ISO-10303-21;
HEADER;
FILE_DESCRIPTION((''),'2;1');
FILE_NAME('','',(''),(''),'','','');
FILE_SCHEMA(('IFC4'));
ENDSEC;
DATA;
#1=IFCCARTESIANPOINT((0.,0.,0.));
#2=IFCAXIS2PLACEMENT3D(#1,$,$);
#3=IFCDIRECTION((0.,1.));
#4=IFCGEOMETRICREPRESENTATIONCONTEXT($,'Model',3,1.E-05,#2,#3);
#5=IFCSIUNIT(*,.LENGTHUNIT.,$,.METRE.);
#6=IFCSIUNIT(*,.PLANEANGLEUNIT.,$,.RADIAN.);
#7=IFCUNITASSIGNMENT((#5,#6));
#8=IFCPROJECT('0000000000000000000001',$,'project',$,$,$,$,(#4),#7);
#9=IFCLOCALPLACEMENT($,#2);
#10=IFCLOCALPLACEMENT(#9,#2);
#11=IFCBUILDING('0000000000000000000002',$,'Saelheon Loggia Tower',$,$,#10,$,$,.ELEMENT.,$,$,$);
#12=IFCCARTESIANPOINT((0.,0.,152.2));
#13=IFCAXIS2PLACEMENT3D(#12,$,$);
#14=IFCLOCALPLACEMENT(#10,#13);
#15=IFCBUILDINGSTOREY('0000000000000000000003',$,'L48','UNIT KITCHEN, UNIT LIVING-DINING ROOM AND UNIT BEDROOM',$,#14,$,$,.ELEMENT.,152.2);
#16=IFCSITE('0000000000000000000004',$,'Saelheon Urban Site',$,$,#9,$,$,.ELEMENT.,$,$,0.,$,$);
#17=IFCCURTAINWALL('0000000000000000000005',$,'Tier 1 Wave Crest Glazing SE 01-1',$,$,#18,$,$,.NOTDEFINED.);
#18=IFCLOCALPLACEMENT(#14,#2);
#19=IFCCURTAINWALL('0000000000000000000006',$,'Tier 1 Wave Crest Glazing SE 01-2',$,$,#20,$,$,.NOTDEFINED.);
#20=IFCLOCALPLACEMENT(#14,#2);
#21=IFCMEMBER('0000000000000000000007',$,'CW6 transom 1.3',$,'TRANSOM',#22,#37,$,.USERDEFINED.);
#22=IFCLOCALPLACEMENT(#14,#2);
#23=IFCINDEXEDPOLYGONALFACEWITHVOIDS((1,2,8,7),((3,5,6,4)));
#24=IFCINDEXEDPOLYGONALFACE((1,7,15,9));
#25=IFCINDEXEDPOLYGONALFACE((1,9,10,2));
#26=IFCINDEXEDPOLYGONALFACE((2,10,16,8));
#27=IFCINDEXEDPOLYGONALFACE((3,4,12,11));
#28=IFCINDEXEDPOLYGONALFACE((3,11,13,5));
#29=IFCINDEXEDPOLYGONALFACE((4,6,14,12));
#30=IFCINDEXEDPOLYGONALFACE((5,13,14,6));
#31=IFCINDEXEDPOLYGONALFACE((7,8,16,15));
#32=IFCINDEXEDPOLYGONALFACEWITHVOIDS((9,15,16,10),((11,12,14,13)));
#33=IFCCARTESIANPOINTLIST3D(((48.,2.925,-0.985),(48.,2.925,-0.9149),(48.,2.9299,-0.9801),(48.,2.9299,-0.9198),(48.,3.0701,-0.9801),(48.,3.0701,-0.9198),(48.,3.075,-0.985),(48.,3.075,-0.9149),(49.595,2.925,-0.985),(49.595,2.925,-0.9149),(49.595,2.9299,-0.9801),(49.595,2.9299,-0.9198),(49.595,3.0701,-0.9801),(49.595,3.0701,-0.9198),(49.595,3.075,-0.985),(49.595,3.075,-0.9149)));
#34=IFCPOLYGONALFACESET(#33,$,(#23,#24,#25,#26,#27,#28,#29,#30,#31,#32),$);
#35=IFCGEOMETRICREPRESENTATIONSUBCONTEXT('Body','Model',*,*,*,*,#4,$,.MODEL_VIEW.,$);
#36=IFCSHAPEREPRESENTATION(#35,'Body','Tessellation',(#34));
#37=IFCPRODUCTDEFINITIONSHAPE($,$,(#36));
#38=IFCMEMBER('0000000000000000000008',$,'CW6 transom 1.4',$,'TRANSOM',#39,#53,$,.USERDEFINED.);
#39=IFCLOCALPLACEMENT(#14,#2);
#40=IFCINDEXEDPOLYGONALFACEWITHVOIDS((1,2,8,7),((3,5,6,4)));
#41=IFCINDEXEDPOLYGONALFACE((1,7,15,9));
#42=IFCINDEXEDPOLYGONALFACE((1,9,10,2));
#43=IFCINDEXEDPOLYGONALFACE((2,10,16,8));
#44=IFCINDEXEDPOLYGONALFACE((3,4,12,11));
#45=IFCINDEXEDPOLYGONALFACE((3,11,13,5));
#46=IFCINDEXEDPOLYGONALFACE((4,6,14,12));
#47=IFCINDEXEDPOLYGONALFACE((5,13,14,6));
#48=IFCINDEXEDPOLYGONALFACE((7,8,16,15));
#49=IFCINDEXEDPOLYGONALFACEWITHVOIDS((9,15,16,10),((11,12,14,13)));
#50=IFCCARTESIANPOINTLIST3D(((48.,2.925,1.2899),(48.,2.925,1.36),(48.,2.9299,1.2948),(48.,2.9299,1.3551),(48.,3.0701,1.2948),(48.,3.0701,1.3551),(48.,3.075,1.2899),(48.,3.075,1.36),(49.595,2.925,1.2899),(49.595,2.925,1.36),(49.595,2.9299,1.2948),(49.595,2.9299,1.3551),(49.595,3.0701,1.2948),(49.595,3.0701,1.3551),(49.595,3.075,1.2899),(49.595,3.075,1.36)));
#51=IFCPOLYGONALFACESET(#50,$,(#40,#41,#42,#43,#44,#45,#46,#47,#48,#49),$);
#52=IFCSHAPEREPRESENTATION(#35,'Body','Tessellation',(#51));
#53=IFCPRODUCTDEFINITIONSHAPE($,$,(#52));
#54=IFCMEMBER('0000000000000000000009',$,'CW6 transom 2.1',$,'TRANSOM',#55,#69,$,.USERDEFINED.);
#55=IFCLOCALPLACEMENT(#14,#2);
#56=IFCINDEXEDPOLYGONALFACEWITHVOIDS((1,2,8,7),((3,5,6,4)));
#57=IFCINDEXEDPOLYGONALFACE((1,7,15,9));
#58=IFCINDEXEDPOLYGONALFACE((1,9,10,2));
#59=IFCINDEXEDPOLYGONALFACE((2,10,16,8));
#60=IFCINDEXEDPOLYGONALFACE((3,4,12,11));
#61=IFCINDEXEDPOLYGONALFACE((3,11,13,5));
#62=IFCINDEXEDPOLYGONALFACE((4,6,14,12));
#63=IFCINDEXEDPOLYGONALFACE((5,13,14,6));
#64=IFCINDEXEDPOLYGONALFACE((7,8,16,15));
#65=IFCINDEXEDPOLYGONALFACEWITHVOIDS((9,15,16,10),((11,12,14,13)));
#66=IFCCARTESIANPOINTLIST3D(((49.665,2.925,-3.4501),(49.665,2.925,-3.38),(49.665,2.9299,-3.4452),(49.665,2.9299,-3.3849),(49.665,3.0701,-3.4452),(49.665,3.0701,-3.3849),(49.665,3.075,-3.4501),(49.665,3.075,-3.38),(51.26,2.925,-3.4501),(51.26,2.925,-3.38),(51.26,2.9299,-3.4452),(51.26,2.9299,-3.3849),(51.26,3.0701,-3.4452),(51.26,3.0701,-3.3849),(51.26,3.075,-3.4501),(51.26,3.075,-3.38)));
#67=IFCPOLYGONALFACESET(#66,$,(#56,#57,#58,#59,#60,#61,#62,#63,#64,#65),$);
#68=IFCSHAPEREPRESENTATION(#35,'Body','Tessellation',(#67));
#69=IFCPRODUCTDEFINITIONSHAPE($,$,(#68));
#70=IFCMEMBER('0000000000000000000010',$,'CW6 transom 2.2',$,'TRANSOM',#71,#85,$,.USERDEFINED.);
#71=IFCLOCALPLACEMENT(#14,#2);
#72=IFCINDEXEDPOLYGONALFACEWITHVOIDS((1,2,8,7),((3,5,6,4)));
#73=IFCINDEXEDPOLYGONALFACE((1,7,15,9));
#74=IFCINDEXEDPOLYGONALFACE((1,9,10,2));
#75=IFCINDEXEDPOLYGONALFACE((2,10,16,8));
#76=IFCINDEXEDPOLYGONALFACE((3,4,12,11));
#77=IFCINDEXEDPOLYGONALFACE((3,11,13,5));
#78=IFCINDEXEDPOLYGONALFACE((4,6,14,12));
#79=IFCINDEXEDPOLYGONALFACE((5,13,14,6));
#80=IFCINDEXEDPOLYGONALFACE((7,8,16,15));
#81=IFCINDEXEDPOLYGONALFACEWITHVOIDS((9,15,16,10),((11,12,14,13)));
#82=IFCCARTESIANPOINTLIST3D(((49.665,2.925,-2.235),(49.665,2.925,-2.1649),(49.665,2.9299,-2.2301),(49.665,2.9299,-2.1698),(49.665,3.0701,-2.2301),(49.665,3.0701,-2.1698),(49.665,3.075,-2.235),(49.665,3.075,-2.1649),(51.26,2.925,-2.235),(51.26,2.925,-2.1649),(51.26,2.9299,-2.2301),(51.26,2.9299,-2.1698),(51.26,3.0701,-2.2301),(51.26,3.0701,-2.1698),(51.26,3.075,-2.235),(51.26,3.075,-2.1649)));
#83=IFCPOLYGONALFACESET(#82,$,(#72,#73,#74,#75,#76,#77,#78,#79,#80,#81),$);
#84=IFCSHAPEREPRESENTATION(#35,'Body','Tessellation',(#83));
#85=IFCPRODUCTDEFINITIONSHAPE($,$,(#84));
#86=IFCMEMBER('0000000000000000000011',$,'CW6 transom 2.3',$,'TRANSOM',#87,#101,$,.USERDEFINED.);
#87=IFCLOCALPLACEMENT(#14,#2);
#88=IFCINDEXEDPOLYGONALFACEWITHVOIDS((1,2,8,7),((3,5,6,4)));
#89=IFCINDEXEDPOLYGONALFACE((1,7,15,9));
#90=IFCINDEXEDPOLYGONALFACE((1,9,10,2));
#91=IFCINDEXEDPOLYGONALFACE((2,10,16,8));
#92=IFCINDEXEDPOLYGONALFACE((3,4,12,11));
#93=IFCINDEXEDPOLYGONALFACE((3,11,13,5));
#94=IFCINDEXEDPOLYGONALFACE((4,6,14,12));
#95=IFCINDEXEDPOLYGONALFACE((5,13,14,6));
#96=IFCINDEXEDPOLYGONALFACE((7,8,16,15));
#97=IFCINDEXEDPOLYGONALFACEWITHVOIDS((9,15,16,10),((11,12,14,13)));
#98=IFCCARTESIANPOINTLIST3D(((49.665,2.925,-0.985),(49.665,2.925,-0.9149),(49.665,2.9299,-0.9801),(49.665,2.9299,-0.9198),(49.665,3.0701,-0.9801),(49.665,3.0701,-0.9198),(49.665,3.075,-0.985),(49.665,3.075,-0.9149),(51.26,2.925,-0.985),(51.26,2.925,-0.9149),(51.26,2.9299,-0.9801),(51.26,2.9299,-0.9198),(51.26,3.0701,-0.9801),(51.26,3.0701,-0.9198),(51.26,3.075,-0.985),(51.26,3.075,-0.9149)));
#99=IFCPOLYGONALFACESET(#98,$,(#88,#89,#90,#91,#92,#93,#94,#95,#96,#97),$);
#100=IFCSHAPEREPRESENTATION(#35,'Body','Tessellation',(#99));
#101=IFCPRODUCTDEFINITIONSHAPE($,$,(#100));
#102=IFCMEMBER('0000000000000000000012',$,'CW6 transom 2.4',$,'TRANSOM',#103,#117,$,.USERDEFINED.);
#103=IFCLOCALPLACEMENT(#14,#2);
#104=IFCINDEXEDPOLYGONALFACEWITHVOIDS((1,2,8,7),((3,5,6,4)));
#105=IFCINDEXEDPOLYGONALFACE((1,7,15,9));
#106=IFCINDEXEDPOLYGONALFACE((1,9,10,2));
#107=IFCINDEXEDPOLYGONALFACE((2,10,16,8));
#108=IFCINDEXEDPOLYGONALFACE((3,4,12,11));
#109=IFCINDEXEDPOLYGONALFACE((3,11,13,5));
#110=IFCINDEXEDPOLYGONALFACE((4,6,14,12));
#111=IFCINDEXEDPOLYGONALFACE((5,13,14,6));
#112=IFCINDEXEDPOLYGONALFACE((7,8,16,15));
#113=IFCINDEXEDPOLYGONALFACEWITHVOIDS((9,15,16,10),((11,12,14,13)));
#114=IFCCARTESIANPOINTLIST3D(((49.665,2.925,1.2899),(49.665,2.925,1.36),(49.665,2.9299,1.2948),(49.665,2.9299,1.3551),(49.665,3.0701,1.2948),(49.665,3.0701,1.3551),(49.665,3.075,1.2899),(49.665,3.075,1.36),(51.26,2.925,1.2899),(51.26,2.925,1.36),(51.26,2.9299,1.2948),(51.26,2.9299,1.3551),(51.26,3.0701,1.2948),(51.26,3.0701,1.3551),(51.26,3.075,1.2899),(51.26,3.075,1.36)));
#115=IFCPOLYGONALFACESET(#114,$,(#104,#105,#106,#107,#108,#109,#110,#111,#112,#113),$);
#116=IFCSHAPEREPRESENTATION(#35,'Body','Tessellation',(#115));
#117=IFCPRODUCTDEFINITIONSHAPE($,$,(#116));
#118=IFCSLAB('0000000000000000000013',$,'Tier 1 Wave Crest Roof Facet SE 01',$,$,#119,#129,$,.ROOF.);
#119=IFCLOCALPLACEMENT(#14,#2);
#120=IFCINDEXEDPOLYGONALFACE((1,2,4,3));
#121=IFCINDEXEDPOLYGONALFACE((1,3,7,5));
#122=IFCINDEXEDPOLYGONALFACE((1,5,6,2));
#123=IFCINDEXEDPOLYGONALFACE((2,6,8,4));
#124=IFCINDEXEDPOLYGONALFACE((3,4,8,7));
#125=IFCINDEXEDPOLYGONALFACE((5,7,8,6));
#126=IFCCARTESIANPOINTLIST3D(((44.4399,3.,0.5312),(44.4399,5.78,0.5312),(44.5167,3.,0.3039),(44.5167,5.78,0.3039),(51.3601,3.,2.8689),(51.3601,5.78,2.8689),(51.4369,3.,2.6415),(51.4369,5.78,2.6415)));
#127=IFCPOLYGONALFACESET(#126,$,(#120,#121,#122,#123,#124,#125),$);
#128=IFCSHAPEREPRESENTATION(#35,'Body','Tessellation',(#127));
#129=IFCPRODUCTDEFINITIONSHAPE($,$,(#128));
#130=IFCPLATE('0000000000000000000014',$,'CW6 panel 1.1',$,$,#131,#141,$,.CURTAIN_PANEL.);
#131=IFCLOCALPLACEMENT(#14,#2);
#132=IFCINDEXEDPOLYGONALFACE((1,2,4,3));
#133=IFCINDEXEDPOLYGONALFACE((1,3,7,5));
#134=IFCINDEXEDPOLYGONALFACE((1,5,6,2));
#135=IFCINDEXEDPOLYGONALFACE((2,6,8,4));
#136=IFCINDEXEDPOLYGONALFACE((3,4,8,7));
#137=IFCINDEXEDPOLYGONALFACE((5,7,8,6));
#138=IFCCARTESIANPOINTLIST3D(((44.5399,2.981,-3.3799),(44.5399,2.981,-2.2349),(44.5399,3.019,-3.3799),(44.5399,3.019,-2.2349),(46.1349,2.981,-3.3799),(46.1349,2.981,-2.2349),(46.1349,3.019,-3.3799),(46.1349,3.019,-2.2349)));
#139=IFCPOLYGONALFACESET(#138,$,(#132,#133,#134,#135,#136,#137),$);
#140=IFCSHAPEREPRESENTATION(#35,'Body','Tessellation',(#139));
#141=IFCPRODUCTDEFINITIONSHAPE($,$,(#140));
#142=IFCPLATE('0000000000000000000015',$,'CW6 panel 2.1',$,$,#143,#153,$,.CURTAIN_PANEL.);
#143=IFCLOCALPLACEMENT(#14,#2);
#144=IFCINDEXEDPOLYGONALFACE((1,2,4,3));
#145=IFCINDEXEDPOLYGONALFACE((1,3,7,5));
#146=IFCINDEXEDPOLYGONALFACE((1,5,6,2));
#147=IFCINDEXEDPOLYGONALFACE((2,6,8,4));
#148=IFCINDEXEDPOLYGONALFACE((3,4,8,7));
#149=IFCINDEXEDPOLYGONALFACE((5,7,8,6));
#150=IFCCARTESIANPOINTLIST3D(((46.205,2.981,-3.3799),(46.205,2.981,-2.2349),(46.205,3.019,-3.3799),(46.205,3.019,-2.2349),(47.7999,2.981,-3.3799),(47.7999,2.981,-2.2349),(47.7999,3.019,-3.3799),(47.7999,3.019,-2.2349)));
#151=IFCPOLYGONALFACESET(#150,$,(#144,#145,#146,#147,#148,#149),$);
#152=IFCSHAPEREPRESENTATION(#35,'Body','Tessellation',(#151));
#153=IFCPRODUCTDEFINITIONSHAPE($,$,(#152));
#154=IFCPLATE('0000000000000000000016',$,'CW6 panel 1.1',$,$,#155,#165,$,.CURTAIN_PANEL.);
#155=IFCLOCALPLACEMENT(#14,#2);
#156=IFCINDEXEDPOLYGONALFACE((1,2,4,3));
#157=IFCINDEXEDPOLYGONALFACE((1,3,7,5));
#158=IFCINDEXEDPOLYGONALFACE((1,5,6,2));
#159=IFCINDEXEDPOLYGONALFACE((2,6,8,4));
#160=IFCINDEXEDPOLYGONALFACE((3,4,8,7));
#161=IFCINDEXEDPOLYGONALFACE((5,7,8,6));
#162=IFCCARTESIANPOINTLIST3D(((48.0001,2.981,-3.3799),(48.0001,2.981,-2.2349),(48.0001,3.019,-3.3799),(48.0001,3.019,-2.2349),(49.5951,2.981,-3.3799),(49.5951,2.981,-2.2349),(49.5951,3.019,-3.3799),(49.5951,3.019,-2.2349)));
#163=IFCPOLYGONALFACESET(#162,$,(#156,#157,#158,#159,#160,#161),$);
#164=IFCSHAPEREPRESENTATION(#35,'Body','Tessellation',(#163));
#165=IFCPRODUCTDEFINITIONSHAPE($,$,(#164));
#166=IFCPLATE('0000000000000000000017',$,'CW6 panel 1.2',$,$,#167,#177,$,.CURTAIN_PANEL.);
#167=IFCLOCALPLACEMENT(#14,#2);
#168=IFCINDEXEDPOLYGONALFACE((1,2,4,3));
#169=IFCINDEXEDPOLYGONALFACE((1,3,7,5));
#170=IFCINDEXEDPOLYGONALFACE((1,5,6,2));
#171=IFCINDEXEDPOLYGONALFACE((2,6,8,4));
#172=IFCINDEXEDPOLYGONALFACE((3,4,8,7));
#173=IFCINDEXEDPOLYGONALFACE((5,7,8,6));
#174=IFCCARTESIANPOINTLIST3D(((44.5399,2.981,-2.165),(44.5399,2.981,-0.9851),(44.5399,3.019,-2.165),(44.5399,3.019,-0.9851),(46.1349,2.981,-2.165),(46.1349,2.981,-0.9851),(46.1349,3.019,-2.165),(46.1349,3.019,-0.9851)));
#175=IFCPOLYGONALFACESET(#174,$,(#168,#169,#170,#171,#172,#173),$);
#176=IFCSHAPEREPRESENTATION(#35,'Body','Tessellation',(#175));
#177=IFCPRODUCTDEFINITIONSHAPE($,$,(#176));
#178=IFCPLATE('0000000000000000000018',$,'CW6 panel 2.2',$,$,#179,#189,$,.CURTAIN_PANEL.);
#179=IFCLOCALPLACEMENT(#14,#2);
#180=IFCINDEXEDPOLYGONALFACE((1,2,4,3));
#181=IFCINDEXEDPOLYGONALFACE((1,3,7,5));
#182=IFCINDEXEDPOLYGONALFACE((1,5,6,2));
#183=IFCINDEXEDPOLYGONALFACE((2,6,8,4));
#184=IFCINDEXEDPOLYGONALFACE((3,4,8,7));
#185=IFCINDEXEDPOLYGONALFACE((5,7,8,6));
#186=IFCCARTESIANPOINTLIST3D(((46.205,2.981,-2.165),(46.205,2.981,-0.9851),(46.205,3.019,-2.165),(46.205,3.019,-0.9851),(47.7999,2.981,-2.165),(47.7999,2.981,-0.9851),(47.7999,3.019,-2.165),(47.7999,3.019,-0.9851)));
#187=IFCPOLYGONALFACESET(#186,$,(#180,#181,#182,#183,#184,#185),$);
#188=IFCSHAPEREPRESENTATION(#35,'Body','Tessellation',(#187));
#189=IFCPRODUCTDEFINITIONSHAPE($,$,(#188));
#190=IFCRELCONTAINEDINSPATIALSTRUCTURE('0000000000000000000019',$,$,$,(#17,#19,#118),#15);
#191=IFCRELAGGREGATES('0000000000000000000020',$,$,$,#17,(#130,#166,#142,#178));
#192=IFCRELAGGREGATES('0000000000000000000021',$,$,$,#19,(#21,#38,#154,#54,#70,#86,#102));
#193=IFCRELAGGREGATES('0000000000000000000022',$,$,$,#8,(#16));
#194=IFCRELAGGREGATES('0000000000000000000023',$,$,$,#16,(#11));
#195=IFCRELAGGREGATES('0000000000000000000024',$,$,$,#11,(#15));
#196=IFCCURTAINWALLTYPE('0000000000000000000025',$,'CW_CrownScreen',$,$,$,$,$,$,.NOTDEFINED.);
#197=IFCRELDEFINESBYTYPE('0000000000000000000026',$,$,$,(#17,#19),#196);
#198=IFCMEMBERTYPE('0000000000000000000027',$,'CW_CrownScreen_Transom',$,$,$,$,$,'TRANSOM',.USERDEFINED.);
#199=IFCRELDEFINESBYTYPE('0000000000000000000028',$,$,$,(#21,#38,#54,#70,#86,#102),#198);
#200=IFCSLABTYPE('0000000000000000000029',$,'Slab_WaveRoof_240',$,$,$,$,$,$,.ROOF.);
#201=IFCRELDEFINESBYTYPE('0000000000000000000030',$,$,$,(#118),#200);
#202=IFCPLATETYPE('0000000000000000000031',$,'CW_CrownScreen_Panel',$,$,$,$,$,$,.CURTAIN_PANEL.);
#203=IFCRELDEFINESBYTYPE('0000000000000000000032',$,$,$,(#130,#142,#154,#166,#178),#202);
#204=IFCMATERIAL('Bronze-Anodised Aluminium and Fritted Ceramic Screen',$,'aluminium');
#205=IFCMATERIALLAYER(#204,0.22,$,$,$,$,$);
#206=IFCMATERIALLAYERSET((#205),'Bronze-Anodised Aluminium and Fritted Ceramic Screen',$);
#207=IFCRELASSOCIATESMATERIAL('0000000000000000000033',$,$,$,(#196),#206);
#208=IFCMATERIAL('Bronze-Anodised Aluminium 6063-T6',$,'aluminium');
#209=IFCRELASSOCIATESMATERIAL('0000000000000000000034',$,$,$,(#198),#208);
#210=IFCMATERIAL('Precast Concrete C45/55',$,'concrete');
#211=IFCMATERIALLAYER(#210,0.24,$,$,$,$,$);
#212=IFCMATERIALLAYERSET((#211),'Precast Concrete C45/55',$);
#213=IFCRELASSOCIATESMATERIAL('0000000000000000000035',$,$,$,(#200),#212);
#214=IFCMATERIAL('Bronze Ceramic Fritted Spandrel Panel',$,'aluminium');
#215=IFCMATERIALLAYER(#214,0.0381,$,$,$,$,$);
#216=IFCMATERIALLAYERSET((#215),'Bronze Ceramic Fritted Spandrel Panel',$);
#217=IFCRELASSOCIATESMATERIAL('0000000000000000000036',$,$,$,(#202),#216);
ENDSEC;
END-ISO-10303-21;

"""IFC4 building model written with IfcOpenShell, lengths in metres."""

from ifc_helpers import new_model, si_unit, direction, frame, origin, origin_2d, place, context, subcontext, project, spatial, polyline, rectangle, hollow_rectangle, outline, extrude, source, transform, mapped, material, layer, layer_set, material_profile, profile_set, type_object, element, aggregate, save


model = new_model("IFC4")

# Units and contexts
model_context = context("Model", 3, precision=1e-05, world=origin(), true_north=direction((0.0, 1.0)))
body_context = subcontext(model_context, "Body", "Model", "MODEL_VIEW")
ifc_project = project(units=[si_unit("LENGTHUNIT", "METRE"), si_unit("PLANEANGLEUNIT", "RADIAN")], contexts=[model_context])

# Site, building, storey
site_placement = place(None, origin())
site = spatial("IfcSite", under=ifc_project, at=site_placement, Name="Saelheon Urban Site", CompositionType="ELEMENT", RefElevation=0.0)
building_placement = place(site_placement, origin())
building = spatial("IfcBuilding", under=site, at=building_placement, Name="Saelheon Loggia Tower", CompositionType="ELEMENT")
storey_placement = place(building_placement, frame((0.0, 0.0, 152.2)))
storey = spatial("IfcBuildingStorey", under=building, at=storey_placement, Name="L48", Description="UNIT KITCHEN, UNIT LIVING-DINING ROOM AND UNIT BEDROOM", CompositionType="ELEMENT", Elevation=152.2)

# Curtain walls
ifc_material_1 = material(Name="Bronze-Anodised Aluminium and Fritted Ceramic Screen", Category="aluminium")
ifc_layer_1 = layer(ifc_material_1, 0.22)
ifc_layer_set_1 = layer_set([ifc_layer_1], Name="Bronze-Anodised Aluminium and Fritted Ceramic Screen")
curtain_wall_type = type_object("IfcCurtainWallType", Name="CW_CrownScreen", PredefinedType="NOTDEFINED", material=ifc_layer_set_1)
curtain_wall_1_placement = place(storey_placement, origin())
curtain_wall_1 = element("IfcCurtainWall", 1, at=curtain_wall_1_placement, inside=storey, type_object=curtain_wall_type, Name="Tier 1 Wave Crest Glazing SE 01-1", PredefinedType="NOTDEFINED")
ifc_material_2 = material(Name="Bronze-Anodised Aluminium 6063-T6", Category="aluminium")
curtain_wall_2_placement = place(storey_placement, origin())
curtain_wall_2 = element("IfcCurtainWall", 2, at=curtain_wall_2_placement, inside=storey, type_object=curtain_wall_type, Name="Tier 1 Wave Crest Glazing SE 01-2", PredefinedType="NOTDEFINED")

# Members
ifc_material_profile_1 = material_profile(ifc_material_2, hollow_rectangle(XDim=0.0701, YDim=0.1499, WallThickness=0.0049, at=origin_2d()), Name="RHS-150x70x5")
ifc_profile_set_1 = profile_set([ifc_material_profile_1], Name="Bronze-Anodised Aluminium 6063-T6")
member_type_1 = type_object("IfcMemberType", Name="CW_CrownScreen_Transom", ElementType="TRANSOM", PredefinedType="USERDEFINED", material=ifc_profile_set_1)
shared_shape_1 = source(origin(), body_context, "Body", "SweptSolid", [
    extrude(hollow_rectangle(XDim=0.0701, YDim=0.1499, WallThickness=0.0049, at=origin_2d()), origin(), (0.0, 0.0, 1.0), 1.595),
])
member_1_placement = place(storey_placement, frame((48.0, 3.0, -0.95), z_axis=(1.0, 0.0, 0.0), x_axis=(0.0, 0.0, 1.0)))
member_1 = element("IfcMember", 3, at=member_1_placement, type_object=member_type_1, Name="CW6 transom 1.3", ObjectType="TRANSOM", PredefinedType="USERDEFINED", context=body_context, shape_type="MappedRepresentation", body=[
    mapped(shared_shape_1, transform((0.0, 0.0, 0.0), scale=1.0)),
])
member_2_placement = place(storey_placement, frame((48.0, 3.0, 1.325), z_axis=(1.0, 0.0, 0.0), x_axis=(0.0, 0.0, 1.0)))
member_2 = element("IfcMember", 4, at=member_2_placement, type_object=member_type_1, Name="CW6 transom 1.4", ObjectType="TRANSOM", PredefinedType="USERDEFINED", context=body_context, shape_type="MappedRepresentation", body=[
    mapped(shared_shape_1, transform((0.0, 0.0, 0.0), scale=1.0)),
])
member_3_placement = place(storey_placement, frame((49.665, 3.0, -3.415), z_axis=(1.0, 0.0, 0.0), x_axis=(0.0, 0.0, 1.0)))
member_3 = element("IfcMember", 5, at=member_3_placement, type_object=member_type_1, Name="CW6 transom 2.1", ObjectType="TRANSOM", PredefinedType="USERDEFINED", context=body_context, shape_type="MappedRepresentation", body=[
    mapped(shared_shape_1, transform((0.0, 0.0, 0.0), scale=1.0)),
])
member_4_placement = place(storey_placement, frame((49.665, 3.0, -2.2), z_axis=(1.0, 0.0, 0.0), x_axis=(0.0, 0.0, 1.0)))
member_4 = element("IfcMember", 6, at=member_4_placement, type_object=member_type_1, Name="CW6 transom 2.2", ObjectType="TRANSOM", PredefinedType="USERDEFINED", context=body_context, shape_type="MappedRepresentation", body=[
    mapped(shared_shape_1, transform((0.0, 0.0, 0.0), scale=1.0)),
])
member_5_placement = place(storey_placement, frame((49.665, 3.0, -0.95), z_axis=(1.0, 0.0, 0.0), x_axis=(0.0, 0.0, 1.0)))
member_5 = element("IfcMember", 7, at=member_5_placement, type_object=member_type_1, Name="CW6 transom 2.3", ObjectType="TRANSOM", PredefinedType="USERDEFINED", context=body_context, shape_type="MappedRepresentation", body=[
    mapped(shared_shape_1, transform((0.0, 0.0, 0.0), scale=1.0)),
])
member_6_placement = place(storey_placement, frame((49.665, 3.0, 1.325), z_axis=(1.0, 0.0, 0.0), x_axis=(0.0, 0.0, 1.0)))
member_6 = element("IfcMember", 8, at=member_6_placement, type_object=member_type_1, Name="CW6 transom 2.4", ObjectType="TRANSOM", PredefinedType="USERDEFINED", context=body_context, shape_type="MappedRepresentation", body=[
    mapped(shared_shape_1, transform((0.0, 0.0, 0.0), scale=1.0)),
])

# Slab
ifc_material_3 = material(Name="Precast Concrete C45/55", Category="concrete")
ifc_layer_2 = layer(ifc_material_3, 0.24)
ifc_layer_set_2 = layer_set([ifc_layer_2], Name="Precast Concrete C45/55")
slab_type = type_object("IfcSlabType", Name="Slab_WaveRoof_240", PredefinedType="ROOF", material=ifc_layer_set_2)
slab_placement = place(storey_placement, frame((44.4399, 3.0, 0.5312), z_axis=(-0.320036, 0.0, 0.947406), x_axis=(0.0, 1.0, 0.0)))
element("IfcSlab", 9, at=slab_placement, inside=storey, type_object=slab_type, Name="Tier 1 Wave Crest Roof Facet SE 01", PredefinedType="ROOF", context=body_context, shape_type="SweptSolid", body=[
    extrude(outline(polyline([(0.0, 0.0), (2.78, 0.0), (2.78, -7.3043), (0.0, -7.3043), (0.0, 0.0)])), origin(), (0.0, 0.0, -1.0), 0.24),
])

# Plates
ifc_material_4 = material(Name="Bronze Ceramic Fritted Spandrel Panel", Category="aluminium")
ifc_layer_3 = layer(ifc_material_4, 0.0381)
ifc_layer_set_3 = layer_set([ifc_layer_3], Name="Bronze Ceramic Fritted Spandrel Panel")
plate_type = type_object("IfcPlateType", Name="CW_CrownScreen_Panel", PredefinedType="CURTAIN_PANEL", material=ifc_layer_set_3)
shared_shape_2 = source(origin(), body_context, "Body", "SweptSolid", [
    extrude(rectangle(XDim=1.595, YDim=0.0381, at=origin_2d()), origin(), (0.0, 0.0, 1.0), 1.145),
])
plate_1_placement = place(storey_placement, frame((45.3374, 3.0, -3.3799), z_axis=(0.0, 0.0, 1.0), x_axis=(1.0, 0.0, 0.0)))
plate_1 = element("IfcPlate", 10, at=plate_1_placement, type_object=plate_type, Name="CW6 panel 1.1", PredefinedType="CURTAIN_PANEL", context=body_context, shape_type="MappedRepresentation", body=[
    mapped(shared_shape_2, transform((0.0, 0.0, 0.0), scale=1.0)),
])
plate_2_placement = place(storey_placement, frame((47.0024, 3.0, -3.3799), z_axis=(0.0, 0.0, 1.0), x_axis=(1.0, 0.0, 0.0)))
plate_2 = element("IfcPlate", 11, at=plate_2_placement, type_object=plate_type, Name="CW6 panel 2.1", PredefinedType="CURTAIN_PANEL", context=body_context, shape_type="MappedRepresentation", body=[
    mapped(shared_shape_2, transform((0.0, 0.0, 0.0), scale=1.0)),
])
plate_3_placement = place(storey_placement, frame((48.7976, 3.0, -3.3799), z_axis=(0.0, 0.0, 1.0), x_axis=(1.0, 0.0, 0.0)))
plate_3 = element("IfcPlate", 12, at=plate_3_placement, type_object=plate_type, Name="CW6 panel 1.1", PredefinedType="CURTAIN_PANEL", context=body_context, shape_type="MappedRepresentation", body=[
    mapped(shared_shape_2, transform((0.0, 0.0, 0.0), scale=1.0)),
])
shared_shape_3 = source(origin(), body_context, "Body", "SweptSolid", [
    extrude(rectangle(XDim=1.595, YDim=0.0381, at=origin_2d()), origin(), (0.0, 0.0, 1.0), 1.1799),
])
plate_4_placement = place(storey_placement, frame((45.3374, 3.0, -2.165), z_axis=(0.0, 0.0, 1.0), x_axis=(1.0, 0.0, 0.0)))
plate_4 = element("IfcPlate", 13, at=plate_4_placement, type_object=plate_type, Name="CW6 panel 1.2", PredefinedType="CURTAIN_PANEL", context=body_context, shape_type="MappedRepresentation", body=[
    mapped(shared_shape_3, transform((0.0, 0.0, 0.0), scale=1.0)),
])
plate_5_placement = place(storey_placement, frame((47.0024, 3.0, -2.165), z_axis=(0.0, 0.0, 1.0), x_axis=(1.0, 0.0, 0.0)))
plate_5 = element("IfcPlate", 14, at=plate_5_placement, type_object=plate_type, Name="CW6 panel 2.2", PredefinedType="CURTAIN_PANEL", context=body_context, shape_type="MappedRepresentation", body=[
    mapped(shared_shape_3, transform((0.0, 0.0, 0.0), scale=1.0)),
])
aggregate(curtain_wall_1, [plate_1, plate_4, plate_2, plate_5])
aggregate(curtain_wall_2, [member_1, member_2, plate_3, member_3, member_4, member_5, member_6])

save(model, "model.ifc")
